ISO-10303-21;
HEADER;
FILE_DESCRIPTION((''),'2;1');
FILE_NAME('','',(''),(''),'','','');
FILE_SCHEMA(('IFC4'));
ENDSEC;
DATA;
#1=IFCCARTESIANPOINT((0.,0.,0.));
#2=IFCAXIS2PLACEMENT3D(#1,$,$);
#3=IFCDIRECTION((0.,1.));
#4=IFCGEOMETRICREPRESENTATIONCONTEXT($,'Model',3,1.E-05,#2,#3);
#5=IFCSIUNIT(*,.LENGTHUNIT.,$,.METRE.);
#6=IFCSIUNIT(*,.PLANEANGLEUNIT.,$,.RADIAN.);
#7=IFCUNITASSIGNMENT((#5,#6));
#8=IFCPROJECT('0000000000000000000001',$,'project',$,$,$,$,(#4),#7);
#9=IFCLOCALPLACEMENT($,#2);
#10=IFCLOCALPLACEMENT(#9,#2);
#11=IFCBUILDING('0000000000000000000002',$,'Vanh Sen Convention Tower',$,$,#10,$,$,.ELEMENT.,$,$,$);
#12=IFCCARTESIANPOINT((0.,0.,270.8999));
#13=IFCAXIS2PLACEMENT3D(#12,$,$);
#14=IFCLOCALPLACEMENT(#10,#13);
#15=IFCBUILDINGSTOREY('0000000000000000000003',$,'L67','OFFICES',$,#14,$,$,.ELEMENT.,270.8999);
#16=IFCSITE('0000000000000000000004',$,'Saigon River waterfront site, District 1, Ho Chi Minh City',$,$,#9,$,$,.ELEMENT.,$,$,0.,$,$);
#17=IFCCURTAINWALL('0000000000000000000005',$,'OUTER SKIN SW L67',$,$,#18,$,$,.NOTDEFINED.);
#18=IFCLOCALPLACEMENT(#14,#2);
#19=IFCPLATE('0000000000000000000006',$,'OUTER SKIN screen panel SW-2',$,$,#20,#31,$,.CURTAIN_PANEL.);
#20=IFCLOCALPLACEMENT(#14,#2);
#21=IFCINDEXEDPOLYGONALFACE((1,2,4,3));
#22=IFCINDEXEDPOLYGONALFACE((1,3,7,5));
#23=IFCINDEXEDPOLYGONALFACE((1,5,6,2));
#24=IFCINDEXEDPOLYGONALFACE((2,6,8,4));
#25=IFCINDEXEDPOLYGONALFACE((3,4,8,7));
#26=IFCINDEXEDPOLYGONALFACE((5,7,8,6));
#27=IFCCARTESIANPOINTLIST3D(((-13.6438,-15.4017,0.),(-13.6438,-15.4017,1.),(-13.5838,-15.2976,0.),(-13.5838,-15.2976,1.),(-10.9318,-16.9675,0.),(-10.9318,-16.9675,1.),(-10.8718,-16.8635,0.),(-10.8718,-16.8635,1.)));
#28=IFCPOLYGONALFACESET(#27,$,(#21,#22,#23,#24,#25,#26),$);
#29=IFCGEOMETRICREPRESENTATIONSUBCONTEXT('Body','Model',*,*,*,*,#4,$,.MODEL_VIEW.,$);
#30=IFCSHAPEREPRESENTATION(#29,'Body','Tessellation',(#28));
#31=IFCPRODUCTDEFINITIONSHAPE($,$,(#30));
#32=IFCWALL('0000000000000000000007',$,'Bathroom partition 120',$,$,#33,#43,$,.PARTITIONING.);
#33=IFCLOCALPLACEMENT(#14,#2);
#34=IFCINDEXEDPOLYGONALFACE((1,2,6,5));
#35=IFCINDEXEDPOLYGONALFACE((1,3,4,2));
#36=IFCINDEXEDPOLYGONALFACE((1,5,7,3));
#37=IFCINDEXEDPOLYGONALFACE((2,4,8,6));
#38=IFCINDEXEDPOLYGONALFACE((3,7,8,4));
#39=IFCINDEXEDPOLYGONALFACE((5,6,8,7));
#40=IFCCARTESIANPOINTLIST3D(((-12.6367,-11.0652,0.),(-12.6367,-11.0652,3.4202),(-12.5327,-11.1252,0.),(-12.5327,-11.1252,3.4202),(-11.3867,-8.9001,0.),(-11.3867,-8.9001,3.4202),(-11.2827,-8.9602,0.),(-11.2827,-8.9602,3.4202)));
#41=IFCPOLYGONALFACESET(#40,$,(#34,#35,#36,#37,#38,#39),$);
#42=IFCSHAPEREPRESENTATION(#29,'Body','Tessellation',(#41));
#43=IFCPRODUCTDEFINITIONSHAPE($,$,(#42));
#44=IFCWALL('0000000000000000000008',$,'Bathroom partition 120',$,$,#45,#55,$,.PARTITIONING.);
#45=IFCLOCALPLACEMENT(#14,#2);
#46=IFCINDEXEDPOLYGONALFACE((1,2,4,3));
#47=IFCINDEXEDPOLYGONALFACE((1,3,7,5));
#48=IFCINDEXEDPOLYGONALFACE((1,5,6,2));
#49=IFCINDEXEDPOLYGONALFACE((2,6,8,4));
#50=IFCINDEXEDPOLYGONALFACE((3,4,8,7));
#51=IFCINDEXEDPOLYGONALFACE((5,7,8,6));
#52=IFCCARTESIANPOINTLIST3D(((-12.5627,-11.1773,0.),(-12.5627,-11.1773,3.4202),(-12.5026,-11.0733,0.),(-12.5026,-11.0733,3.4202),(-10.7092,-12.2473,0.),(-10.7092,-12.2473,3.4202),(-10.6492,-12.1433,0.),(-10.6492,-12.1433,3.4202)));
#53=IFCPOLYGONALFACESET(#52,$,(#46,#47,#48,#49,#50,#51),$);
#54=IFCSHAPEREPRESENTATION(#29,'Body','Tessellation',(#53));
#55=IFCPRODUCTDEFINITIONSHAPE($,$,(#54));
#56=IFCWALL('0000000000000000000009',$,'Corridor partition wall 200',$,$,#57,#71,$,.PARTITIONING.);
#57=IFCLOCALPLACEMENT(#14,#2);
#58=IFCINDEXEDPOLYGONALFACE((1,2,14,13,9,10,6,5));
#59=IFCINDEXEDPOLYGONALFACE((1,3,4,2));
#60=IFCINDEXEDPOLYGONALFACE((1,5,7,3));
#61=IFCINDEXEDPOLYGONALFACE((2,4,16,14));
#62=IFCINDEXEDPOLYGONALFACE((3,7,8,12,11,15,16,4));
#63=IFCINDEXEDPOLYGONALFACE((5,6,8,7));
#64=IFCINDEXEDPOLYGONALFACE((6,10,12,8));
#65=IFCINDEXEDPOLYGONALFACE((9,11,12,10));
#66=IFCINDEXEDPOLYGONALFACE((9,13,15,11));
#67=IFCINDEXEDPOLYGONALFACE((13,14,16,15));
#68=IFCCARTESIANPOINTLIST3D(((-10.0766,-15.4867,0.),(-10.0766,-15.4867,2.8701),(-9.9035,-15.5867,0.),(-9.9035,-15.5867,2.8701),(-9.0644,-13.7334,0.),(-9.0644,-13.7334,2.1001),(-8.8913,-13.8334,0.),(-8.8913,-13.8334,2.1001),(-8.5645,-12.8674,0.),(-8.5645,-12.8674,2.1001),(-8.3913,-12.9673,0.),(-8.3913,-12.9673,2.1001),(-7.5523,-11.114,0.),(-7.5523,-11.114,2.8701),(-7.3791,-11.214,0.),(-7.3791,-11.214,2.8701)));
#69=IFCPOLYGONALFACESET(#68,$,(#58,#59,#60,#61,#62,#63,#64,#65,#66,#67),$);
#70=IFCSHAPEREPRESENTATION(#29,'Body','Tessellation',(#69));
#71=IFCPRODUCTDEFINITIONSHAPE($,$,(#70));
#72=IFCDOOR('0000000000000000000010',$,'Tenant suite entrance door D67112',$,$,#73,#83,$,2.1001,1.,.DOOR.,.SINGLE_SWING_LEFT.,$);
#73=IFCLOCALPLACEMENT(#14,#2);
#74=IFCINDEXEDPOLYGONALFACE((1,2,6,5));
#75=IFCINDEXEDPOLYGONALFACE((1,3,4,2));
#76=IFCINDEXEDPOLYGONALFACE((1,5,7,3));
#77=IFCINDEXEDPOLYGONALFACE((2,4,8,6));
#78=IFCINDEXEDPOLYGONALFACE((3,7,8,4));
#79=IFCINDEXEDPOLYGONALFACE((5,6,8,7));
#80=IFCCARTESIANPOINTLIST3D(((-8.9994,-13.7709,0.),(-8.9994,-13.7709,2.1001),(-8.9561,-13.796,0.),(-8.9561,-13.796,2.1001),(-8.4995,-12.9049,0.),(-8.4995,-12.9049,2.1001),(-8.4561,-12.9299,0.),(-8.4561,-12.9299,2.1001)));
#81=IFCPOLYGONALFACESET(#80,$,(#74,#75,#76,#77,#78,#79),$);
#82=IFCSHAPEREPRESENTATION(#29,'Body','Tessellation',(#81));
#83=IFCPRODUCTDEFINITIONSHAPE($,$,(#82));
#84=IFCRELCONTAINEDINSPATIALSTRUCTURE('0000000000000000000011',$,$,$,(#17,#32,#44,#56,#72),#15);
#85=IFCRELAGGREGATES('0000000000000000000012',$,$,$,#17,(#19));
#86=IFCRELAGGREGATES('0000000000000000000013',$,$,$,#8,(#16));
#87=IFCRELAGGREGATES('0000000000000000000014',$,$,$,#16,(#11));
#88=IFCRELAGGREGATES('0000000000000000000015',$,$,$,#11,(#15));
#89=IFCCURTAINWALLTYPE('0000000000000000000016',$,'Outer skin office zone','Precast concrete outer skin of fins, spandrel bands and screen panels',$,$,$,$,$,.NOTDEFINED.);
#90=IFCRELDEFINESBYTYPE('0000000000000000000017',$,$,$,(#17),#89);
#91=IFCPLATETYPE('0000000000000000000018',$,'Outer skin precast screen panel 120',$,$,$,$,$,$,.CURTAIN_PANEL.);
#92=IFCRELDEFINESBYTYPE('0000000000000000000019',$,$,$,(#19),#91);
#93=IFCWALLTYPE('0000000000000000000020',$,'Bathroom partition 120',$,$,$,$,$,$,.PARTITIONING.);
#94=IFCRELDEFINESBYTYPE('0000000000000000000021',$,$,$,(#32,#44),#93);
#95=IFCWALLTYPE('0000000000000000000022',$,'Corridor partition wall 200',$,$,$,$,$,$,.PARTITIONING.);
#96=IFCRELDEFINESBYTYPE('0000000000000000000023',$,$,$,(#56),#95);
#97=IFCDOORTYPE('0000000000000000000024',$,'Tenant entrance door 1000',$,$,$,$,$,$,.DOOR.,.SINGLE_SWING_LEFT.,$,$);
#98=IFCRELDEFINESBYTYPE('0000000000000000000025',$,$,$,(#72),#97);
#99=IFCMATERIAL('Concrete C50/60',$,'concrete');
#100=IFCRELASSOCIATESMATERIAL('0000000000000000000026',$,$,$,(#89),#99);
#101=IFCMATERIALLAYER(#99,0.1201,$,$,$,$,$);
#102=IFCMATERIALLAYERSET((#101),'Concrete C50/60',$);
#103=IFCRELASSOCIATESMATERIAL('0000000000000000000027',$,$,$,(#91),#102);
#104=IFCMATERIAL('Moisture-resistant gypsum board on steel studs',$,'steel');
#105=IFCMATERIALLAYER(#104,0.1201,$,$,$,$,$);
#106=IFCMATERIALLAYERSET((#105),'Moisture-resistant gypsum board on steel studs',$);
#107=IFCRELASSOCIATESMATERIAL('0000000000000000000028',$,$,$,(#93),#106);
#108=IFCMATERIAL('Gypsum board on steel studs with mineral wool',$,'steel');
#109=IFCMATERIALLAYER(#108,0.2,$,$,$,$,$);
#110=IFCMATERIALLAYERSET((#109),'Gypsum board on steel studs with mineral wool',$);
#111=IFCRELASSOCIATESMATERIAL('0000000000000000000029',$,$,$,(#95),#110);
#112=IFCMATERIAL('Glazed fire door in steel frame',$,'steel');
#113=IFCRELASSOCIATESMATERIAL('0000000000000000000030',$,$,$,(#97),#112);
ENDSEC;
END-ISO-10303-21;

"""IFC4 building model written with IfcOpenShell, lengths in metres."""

from ifc_helpers import new_model, si_unit, direction, frame, frame_2d, origin, origin_2d, place, context, subcontext, project, spatial, rectangle, extrude, material, layer, layer_set, type_object, element, fill, aggregate, save


model = new_model("IFC4")

# Units and contexts
model_context = context("Model", 3, precision=1e-05, world=origin(), true_north=direction((0.0, 1.0)))
body_context = subcontext(model_context, "Body", "Model", "MODEL_VIEW")
ifc_project = project(units=[si_unit("LENGTHUNIT", "METRE"), si_unit("PLANEANGLEUNIT", "RADIAN")], contexts=[model_context])

# Site, building, storey
site_placement = place(None, origin())
site = spatial("IfcSite", under=ifc_project, at=site_placement, Name="Saigon River waterfront site, District 1, Ho Chi Minh City", CompositionType="ELEMENT", RefElevation=0.0)
building_placement = place(site_placement, origin())
building = spatial("IfcBuilding", under=site, at=building_placement, Name="Vanh Sen Convention Tower", CompositionType="ELEMENT")
storey_placement = place(building_placement, frame((0.0, 0.0, 270.8999)))
storey = spatial("IfcBuildingStorey", under=building, at=storey_placement, Name="L67", Description="OFFICES", CompositionType="ELEMENT", Elevation=270.8999)

# Curtain wall
ifc_material_1 = material(Name="Concrete C50/60", Category="concrete")
curtain_wall_type = type_object("IfcCurtainWallType", Name="Outer skin office zone", Description="Precast concrete outer skin of fins, spandrel bands and screen panels", PredefinedType="NOTDEFINED", material=ifc_material_1)
curtain_wall_1_placement = place(storey_placement, origin())
curtain_wall_1 = element("IfcCurtainWall", 1, at=curtain_wall_1_placement, inside=storey, type_object=curtain_wall_type, Name="OUTER SKIN SW L67", PredefinedType="NOTDEFINED")

# Shared definitions
ifc_layer_1 = layer(ifc_material_1, 0.1201)
ifc_layer_set_1 = layer_set([ifc_layer_1], Name="Concrete C50/60")
plate_type = type_object("IfcPlateType", Name="Outer skin precast screen panel 120", PredefinedType="CURTAIN_PANEL", material=ifc_layer_set_1)

# Plate
plate_1_placement = place(storey_placement, frame((-12.2578, -16.1326, 0.0), z_axis=(0.0, 0.0, 1.0), x_axis=(0.866016, -0.500017, 0.0)))
plate_1 = element("IfcPlate", 2, at=plate_1_placement, type_object=plate_type, Name="OUTER SKIN screen panel SW-2", PredefinedType="CURTAIN_PANEL", context=body_context, shape_type="SweptSolid", body=[
    extrude(rectangle(XDim=3.1316, YDim=0.1201, at=origin_2d()), origin(), (0.0, 0.0, 1.0), 1.0),
])
aggregate(curtain_wall_1, [plate_1])

# Walls
ifc_material_2 = material(Name="Moisture-resistant gypsum board on steel studs", Category="steel")
ifc_layer_2 = layer(ifc_material_2, 0.1201)
ifc_layer_set_2 = layer_set([ifc_layer_2], Name="Moisture-resistant gypsum board on steel studs")
wall_type_1 = type_object("IfcWallType", Name="Bathroom partition 120", PredefinedType="PARTITIONING", material=ifc_layer_set_2)
wall_1_placement = place(storey_placement, frame((-12.5847, -11.0952, 0.0), z_axis=(0.0, 0.0, 1.0), x_axis=(0.500004, 0.866023, 0.0)))
element("IfcWall", 3, at=wall_1_placement, inside=storey, type_object=wall_type_1, Name="Bathroom partition 120", PredefinedType="PARTITIONING", context=body_context, shape_type="SweptSolid", body=[
    extrude(rectangle(XDim=2.5, YDim=0.1201, at=frame_2d((1.25, 0.0))), origin(), (0.0, 0.0, 1.0), 3.4202),
])
wall_2_placement = place(storey_placement, frame((-10.6792, -12.1953, 0.0), z_axis=(0.0, 0.0, 1.0), x_axis=(-0.866037, 0.499979, 0.0)))
element("IfcWall", 4, at=wall_2_placement, inside=storey, type_object=wall_type_1, Name="Bathroom partition 120", PredefinedType="PARTITIONING", context=body_context, shape_type="SweptSolid", body=[
    extrude(rectangle(XDim=2.1401, YDim=0.1201, at=frame_2d((1.0701, 0.0))), origin(), (0.0, 0.0, 1.0), 3.4202),
])

# Wall, opening, door
ifc_material_3 = material(Name="Gypsum board on steel studs with mineral wool", Category="steel")
ifc_layer_3 = layer(ifc_material_3, 0.2)
ifc_layer_set_3 = layer_set([ifc_layer_3], Name="Gypsum board on steel studs with mineral wool")
wall_type_2 = type_object("IfcWallType", Name="Corridor partition wall 200", PredefinedType="PARTITIONING", material=ifc_layer_set_3)
wall_3_placement = place(storey_placement, frame((-9.99, -15.5366, 0.0), z_axis=(0.0, 0.0, 1.0), x_axis=(0.499967, 0.866045, 0.0)))
wall_3 = element("IfcWall", 5, at=wall_3_placement, inside=storey, type_object=wall_type_2, Name="Corridor partition wall 200", PredefinedType="PARTITIONING", context=body_context, shape_type="SweptSolid", body=[
    extrude(rectangle(XDim=5.0491, YDim=0.2, at=frame_2d((2.5244, 0.0))), origin(), (0.0, 0.0, 1.0), 2.8701),
])
opening_1_placement = place(wall_3_placement, frame((2.0244, 0.0, 0.0)))
opening_1 = element("IfcOpeningElement", 6, at=opening_1_placement, cuts=wall_3, PredefinedType="OPENING", context=body_context, shape_type="SweptSolid", body=[
    extrude(rectangle(XDim=1.0, YDim=2.1001, at=frame_2d((0.5, 1.05))), frame((0.0, 0.1099, 0.0), z_axis=(0.0, -1.0, 0.0), x_axis=(1.0, 0.0, 0.0)), (0.0, 0.0, 1.0), 0.22),
])
ifc_material_4 = material(Name="Glazed fire door in steel frame", Category="steel")
door_type = type_object("IfcDoorType", Name="Tenant entrance door 1000", OperationType="SINGLE_SWING_LEFT", PredefinedType="DOOR", material=ifc_material_4)
door_placement = place(opening_1_placement, origin())
door = element("IfcDoor", 7, at=door_placement, inside=storey, type_object=door_type, Name="Tenant suite entrance door D67112", OperationType="SINGLE_SWING_LEFT", OverallHeight=2.1001, OverallWidth=1.0, PredefinedType="DOOR", context=body_context, shape_type="SweptSolid", body=[
    extrude(rectangle(XDim=1.0, YDim=2.1001, at=frame_2d((0.5, 1.05))), frame((0.0, 0.0249, 0.0), z_axis=(0.0, -1.0, 0.0), x_axis=(1.0, 0.0, 0.0)), (0.0, 0.0, 1.0), 0.05),
])
fill(opening_1, door)

save(model, "model.ifc")
